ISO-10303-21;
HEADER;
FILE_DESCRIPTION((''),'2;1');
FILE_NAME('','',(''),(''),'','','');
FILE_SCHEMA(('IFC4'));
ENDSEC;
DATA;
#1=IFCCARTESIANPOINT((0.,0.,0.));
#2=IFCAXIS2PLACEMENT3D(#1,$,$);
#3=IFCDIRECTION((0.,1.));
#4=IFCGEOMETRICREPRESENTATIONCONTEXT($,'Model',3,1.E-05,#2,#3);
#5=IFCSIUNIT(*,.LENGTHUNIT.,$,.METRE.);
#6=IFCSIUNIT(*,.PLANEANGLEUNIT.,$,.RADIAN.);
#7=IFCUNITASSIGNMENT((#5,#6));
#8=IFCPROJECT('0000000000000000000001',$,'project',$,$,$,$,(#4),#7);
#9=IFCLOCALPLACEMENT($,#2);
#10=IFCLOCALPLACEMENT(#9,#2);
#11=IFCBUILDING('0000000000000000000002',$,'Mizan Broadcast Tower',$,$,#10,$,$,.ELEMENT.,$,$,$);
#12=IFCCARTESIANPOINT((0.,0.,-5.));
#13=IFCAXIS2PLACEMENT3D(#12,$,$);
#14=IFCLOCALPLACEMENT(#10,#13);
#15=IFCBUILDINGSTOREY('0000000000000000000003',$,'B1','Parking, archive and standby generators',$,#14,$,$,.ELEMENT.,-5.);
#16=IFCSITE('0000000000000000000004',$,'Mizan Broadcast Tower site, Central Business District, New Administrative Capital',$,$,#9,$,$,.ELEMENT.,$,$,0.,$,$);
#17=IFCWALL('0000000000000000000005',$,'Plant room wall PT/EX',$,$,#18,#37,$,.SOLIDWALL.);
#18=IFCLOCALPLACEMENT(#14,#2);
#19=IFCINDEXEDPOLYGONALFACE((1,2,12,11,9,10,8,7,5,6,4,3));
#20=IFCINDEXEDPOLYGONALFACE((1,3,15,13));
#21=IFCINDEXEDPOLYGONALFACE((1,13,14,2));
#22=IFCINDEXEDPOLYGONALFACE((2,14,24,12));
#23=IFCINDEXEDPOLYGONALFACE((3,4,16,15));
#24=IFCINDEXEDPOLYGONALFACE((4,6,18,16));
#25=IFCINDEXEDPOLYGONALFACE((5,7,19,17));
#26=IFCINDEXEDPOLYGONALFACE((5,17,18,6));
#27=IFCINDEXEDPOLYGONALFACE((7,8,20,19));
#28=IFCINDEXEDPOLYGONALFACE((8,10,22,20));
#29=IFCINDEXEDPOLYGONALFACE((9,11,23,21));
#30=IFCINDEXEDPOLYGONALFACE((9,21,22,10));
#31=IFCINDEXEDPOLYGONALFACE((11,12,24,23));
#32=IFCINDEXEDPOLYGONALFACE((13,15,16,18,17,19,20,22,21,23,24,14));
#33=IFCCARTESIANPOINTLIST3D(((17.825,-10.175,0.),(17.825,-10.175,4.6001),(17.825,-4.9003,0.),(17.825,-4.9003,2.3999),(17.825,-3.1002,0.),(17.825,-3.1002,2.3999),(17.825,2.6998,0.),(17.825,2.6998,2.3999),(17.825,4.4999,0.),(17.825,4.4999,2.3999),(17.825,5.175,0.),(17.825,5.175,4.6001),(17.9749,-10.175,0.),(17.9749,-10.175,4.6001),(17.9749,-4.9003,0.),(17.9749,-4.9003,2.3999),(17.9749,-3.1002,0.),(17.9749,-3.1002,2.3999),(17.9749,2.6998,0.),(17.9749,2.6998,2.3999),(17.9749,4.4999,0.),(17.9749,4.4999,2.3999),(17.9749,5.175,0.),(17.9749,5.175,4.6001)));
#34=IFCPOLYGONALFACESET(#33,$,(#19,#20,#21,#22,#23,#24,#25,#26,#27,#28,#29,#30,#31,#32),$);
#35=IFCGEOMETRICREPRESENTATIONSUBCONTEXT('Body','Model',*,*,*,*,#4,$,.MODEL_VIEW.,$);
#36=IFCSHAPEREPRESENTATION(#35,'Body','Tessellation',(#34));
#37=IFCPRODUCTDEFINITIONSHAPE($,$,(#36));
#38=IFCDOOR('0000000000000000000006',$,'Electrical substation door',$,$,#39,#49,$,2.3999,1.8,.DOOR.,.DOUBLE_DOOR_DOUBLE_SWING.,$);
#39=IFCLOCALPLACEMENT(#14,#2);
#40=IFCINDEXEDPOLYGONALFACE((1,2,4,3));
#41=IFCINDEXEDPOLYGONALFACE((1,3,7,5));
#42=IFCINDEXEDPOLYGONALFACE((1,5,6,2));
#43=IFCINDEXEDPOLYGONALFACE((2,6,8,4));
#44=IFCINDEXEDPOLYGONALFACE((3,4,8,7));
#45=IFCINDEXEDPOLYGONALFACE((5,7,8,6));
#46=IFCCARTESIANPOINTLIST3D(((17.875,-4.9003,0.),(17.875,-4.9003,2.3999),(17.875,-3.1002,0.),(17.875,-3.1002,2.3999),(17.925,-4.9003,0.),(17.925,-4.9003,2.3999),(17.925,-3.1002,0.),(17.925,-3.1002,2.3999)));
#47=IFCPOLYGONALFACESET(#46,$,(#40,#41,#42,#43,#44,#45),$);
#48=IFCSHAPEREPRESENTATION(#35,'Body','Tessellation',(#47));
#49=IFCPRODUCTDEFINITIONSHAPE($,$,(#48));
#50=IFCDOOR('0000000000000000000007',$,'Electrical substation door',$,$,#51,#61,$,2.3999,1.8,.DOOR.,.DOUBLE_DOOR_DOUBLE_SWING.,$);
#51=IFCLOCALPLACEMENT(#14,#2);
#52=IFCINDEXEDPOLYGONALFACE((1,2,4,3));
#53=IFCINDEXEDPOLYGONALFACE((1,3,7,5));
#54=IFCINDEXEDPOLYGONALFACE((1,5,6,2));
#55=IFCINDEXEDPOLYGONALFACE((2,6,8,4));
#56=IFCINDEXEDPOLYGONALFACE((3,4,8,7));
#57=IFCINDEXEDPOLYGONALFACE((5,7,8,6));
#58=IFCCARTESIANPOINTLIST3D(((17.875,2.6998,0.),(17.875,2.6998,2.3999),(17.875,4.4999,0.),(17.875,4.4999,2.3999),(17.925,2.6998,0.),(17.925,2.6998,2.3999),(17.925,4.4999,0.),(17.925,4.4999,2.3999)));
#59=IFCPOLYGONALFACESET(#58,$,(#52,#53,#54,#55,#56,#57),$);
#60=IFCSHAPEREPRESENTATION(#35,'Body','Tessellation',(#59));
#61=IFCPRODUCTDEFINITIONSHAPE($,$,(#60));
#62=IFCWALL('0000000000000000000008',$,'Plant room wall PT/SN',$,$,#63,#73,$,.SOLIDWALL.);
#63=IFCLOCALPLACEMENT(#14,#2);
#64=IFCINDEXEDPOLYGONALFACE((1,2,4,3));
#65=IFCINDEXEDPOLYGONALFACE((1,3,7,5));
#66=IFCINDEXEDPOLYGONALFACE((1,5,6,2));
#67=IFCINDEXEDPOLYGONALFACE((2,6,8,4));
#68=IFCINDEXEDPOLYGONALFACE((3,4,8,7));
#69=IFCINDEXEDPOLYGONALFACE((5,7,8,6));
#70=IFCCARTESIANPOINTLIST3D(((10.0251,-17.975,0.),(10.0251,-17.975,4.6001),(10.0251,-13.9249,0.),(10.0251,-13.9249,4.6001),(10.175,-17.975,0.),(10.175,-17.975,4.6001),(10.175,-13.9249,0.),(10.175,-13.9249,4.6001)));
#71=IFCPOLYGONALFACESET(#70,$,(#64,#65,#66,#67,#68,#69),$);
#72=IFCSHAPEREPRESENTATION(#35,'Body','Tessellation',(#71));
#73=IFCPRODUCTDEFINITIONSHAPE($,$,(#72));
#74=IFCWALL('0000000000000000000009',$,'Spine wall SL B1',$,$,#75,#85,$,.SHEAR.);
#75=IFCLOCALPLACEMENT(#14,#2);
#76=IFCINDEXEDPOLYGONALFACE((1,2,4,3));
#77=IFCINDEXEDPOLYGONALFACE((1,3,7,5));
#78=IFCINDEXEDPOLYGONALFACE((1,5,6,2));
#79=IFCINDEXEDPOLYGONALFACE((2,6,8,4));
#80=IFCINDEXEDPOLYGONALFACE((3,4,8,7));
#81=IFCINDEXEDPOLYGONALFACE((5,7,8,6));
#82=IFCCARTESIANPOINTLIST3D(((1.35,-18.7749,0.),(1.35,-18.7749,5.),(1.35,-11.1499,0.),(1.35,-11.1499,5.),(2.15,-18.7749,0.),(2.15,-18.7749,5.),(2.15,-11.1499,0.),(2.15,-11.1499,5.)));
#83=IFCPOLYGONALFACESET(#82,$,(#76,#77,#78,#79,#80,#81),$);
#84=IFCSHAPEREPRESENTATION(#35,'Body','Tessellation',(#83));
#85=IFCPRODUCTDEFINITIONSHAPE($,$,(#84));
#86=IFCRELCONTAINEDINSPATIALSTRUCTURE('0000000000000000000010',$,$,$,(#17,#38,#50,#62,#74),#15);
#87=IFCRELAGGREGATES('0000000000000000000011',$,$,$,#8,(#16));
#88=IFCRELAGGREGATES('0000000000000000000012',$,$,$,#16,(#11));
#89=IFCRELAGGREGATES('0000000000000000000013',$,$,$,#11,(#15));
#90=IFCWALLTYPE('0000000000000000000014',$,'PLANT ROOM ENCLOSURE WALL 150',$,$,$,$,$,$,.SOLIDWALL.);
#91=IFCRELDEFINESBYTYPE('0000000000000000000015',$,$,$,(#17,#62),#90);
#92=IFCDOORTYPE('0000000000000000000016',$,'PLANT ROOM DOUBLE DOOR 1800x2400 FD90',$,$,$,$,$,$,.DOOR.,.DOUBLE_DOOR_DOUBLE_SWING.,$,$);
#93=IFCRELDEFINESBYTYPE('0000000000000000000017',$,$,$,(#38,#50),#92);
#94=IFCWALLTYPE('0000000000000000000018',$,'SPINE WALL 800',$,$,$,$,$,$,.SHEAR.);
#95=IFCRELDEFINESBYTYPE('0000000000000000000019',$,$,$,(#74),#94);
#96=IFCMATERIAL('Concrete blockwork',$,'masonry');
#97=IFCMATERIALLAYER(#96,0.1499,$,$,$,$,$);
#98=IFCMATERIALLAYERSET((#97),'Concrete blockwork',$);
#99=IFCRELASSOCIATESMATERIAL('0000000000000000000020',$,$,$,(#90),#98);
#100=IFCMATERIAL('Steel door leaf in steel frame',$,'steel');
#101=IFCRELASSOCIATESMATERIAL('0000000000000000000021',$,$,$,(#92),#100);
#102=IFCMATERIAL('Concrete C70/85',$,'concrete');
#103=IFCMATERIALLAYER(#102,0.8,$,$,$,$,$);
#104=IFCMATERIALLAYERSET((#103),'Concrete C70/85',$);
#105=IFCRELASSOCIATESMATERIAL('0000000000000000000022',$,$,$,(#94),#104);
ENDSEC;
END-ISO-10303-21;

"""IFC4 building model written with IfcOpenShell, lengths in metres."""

from ifc_helpers import new_model, si_unit, direction, frame, frame_2d, origin, place, context, subcontext, project, spatial, rectangle, extrude, material, layer, layer_set, type_object, element, fill, save


model = new_model("IFC4")

# Units and contexts
model_context = context("Model", 3, precision=1e-05, world=origin(), true_north=direction((0.0, 1.0)))
body_context = subcontext(model_context, "Body", "Model", "MODEL_VIEW")
ifc_project = project(units=[si_unit("LENGTHUNIT", "METRE"), si_unit("PLANEANGLEUNIT", "RADIAN")], contexts=[model_context])

# Site, building, storey
site_placement = place(None, origin())
site = spatial("IfcSite", under=ifc_project, at=site_placement, Name="Mizan Broadcast Tower site, Central Business District, New Administrative Capital", CompositionType="ELEMENT", RefElevation=0.0)
building_placement = place(site_placement, origin())
building = spatial("IfcBuilding", under=site, at=building_placement, Name="Mizan Broadcast Tower", CompositionType="ELEMENT")
storey_placement = place(building_placement, frame((0.0, 0.0, -5.0)))
storey = spatial("IfcBuildingStorey", under=building, at=storey_placement, Name="B1", Description="Parking, archive and standby generators", CompositionType="ELEMENT", Elevation=-5.0)

# Shared definitions
ifc_material_1 = material(Name="Concrete blockwork", Category="masonry")
ifc_layer_1 = layer(ifc_material_1, 0.1499)
ifc_layer_set_1 = layer_set([ifc_layer_1], Name="Concrete blockwork")
wall_type_1 = type_object("IfcWallType", Name="PLANT ROOM ENCLOSURE WALL 150", PredefinedType="SOLIDWALL", material=ifc_layer_set_1)

# Wall, openings, doors
wall_1_placement = place(storey_placement, frame((17.8999, -10.175, 0.0), z_axis=(0.0, 0.0, 1.0), x_axis=(0.0, 1.0, 0.0)))
wall_1 = element("IfcWall", 1, at=wall_1_placement, inside=storey, type_object=wall_type_1, Name="Plant room wall PT/EX", PredefinedType="SOLIDWALL", context=body_context, shape_type="SweptSolid", body=[
    extrude(rectangle(XDim=15.3501, YDim=0.1499, at=frame_2d((7.675, 0.0))), origin(), (0.0, 0.0, 1.0), 4.6001),
])
opening_1_placement = place(wall_1_placement, frame((5.2749, 0.0, 0.0)))
opening_1 = element("IfcOpeningElement", 2, at=opening_1_placement, cuts=wall_1, PredefinedType="OPENING", context=body_context, shape_type="SweptSolid", body=[
    extrude(rectangle(XDim=1.8, YDim=2.3999, at=frame_2d((0.8999, 1.2))), frame((0.0, 0.085, 0.0), z_axis=(0.0, -1.0, 0.0), x_axis=(1.0, 0.0, 0.0)), (0.0, 0.0, 1.0), 0.1699),
])
opening_2_placement = place(wall_1_placement, frame((12.875, 0.0, 0.0)))
opening_2 = element("IfcOpeningElement", 3, at=opening_2_placement, cuts=wall_1, PredefinedType="OPENING", context=body_context, shape_type="SweptSolid", body=[
    extrude(rectangle(XDim=1.8, YDim=2.3999, at=frame_2d((0.8999, 1.2))), frame((0.0, 0.085, 0.0), z_axis=(0.0, -1.0, 0.0), x_axis=(1.0, 0.0, 0.0)), (0.0, 0.0, 1.0), 0.1699),
])
ifc_material_2 = material(Name="Steel door leaf in steel frame", Category="steel")
door_type_1 = type_object("IfcDoorType", Name="PLANT ROOM DOUBLE DOOR 1800x2400 FD90", OperationType="DOUBLE_DOOR_DOUBLE_SWING", PredefinedType="DOOR", material=ifc_material_2)
door_1_placement = place(opening_1_placement, origin())
door_1 = element("IfcDoor", 4, at=door_1_placement, inside=storey, type_object=door_type_1, Name="Electrical substation door", OperationType="DOUBLE_DOOR_DOUBLE_SWING", OverallHeight=2.3999, OverallWidth=1.8, PredefinedType="DOOR", context=body_context, shape_type="SweptSolid", body=[
    extrude(rectangle(XDim=1.8, YDim=2.3999, at=frame_2d((0.8999, 1.2))), frame((0.0, 0.0249, 0.0), z_axis=(0.0, -1.0, 0.0), x_axis=(1.0, 0.0, 0.0)), (0.0, 0.0, 1.0), 0.05),
])
fill(opening_1, door_1)
door_2_placement = place(opening_2_placement, origin())
door_2 = element("IfcDoor", 5, at=door_2_placement, inside=storey, type_object=door_type_1, Name="Electrical substation door", OperationType="DOUBLE_DOOR_DOUBLE_SWING", OverallHeight=2.3999, OverallWidth=1.8, PredefinedType="DOOR", context=body_context, shape_type="SweptSolid", body=[
    extrude(rectangle(XDim=1.8, YDim=2.3999, at=frame_2d((0.8999, 1.2))), frame((0.0, 0.0249, 0.0), z_axis=(0.0, -1.0, 0.0), x_axis=(1.0, 0.0, 0.0)), (0.0, 0.0, 1.0), 0.05),
])
fill(opening_2, door_2)

# Walls
wall_2_placement = place(storey_placement, frame((10.1001, -13.925, 0.0), z_axis=(0.0, 0.0, 1.0), x_axis=(0.0, -1.0, 0.0)))
element("IfcWall", 6, at=wall_2_placement, inside=storey, type_object=wall_type_1, Name="Plant room wall PT/SN", PredefinedType="SOLIDWALL", context=body_context, shape_type="SweptSolid", body=[
    extrude(rectangle(XDim=4.05, YDim=0.1499, at=frame_2d((2.0249, 0.0))), origin(), (0.0, 0.0, 1.0), 4.6001),
])
ifc_material_3 = material(Name="Concrete C70/85", Category="concrete")
ifc_layer_2 = layer(ifc_material_3, 0.8)
ifc_layer_set_2 = layer_set([ifc_layer_2], Name="Concrete C70/85")
wall_type_2 = type_object("IfcWallType", Name="SPINE WALL 800", PredefinedType="SHEAR", material=ifc_layer_set_2)
wall_3_placement = place(storey_placement, frame((1.75, -11.1499, 0.0), z_axis=(0.0, 0.0, 1.0), x_axis=(0.0, -1.0, 0.0)))
element("IfcWall", 7, at=wall_3_placement, inside=storey, type_object=wall_type_2, Name="Spine wall SL B1", PredefinedType="SHEAR", context=body_context, shape_type="SweptSolid", body=[
    extrude(rectangle(XDim=7.625, YDim=0.8, at=frame_2d((3.8125, 0.0))), origin(), (0.0, 0.0, 1.0), 5.0),
])

save(model, "model.ifc")
